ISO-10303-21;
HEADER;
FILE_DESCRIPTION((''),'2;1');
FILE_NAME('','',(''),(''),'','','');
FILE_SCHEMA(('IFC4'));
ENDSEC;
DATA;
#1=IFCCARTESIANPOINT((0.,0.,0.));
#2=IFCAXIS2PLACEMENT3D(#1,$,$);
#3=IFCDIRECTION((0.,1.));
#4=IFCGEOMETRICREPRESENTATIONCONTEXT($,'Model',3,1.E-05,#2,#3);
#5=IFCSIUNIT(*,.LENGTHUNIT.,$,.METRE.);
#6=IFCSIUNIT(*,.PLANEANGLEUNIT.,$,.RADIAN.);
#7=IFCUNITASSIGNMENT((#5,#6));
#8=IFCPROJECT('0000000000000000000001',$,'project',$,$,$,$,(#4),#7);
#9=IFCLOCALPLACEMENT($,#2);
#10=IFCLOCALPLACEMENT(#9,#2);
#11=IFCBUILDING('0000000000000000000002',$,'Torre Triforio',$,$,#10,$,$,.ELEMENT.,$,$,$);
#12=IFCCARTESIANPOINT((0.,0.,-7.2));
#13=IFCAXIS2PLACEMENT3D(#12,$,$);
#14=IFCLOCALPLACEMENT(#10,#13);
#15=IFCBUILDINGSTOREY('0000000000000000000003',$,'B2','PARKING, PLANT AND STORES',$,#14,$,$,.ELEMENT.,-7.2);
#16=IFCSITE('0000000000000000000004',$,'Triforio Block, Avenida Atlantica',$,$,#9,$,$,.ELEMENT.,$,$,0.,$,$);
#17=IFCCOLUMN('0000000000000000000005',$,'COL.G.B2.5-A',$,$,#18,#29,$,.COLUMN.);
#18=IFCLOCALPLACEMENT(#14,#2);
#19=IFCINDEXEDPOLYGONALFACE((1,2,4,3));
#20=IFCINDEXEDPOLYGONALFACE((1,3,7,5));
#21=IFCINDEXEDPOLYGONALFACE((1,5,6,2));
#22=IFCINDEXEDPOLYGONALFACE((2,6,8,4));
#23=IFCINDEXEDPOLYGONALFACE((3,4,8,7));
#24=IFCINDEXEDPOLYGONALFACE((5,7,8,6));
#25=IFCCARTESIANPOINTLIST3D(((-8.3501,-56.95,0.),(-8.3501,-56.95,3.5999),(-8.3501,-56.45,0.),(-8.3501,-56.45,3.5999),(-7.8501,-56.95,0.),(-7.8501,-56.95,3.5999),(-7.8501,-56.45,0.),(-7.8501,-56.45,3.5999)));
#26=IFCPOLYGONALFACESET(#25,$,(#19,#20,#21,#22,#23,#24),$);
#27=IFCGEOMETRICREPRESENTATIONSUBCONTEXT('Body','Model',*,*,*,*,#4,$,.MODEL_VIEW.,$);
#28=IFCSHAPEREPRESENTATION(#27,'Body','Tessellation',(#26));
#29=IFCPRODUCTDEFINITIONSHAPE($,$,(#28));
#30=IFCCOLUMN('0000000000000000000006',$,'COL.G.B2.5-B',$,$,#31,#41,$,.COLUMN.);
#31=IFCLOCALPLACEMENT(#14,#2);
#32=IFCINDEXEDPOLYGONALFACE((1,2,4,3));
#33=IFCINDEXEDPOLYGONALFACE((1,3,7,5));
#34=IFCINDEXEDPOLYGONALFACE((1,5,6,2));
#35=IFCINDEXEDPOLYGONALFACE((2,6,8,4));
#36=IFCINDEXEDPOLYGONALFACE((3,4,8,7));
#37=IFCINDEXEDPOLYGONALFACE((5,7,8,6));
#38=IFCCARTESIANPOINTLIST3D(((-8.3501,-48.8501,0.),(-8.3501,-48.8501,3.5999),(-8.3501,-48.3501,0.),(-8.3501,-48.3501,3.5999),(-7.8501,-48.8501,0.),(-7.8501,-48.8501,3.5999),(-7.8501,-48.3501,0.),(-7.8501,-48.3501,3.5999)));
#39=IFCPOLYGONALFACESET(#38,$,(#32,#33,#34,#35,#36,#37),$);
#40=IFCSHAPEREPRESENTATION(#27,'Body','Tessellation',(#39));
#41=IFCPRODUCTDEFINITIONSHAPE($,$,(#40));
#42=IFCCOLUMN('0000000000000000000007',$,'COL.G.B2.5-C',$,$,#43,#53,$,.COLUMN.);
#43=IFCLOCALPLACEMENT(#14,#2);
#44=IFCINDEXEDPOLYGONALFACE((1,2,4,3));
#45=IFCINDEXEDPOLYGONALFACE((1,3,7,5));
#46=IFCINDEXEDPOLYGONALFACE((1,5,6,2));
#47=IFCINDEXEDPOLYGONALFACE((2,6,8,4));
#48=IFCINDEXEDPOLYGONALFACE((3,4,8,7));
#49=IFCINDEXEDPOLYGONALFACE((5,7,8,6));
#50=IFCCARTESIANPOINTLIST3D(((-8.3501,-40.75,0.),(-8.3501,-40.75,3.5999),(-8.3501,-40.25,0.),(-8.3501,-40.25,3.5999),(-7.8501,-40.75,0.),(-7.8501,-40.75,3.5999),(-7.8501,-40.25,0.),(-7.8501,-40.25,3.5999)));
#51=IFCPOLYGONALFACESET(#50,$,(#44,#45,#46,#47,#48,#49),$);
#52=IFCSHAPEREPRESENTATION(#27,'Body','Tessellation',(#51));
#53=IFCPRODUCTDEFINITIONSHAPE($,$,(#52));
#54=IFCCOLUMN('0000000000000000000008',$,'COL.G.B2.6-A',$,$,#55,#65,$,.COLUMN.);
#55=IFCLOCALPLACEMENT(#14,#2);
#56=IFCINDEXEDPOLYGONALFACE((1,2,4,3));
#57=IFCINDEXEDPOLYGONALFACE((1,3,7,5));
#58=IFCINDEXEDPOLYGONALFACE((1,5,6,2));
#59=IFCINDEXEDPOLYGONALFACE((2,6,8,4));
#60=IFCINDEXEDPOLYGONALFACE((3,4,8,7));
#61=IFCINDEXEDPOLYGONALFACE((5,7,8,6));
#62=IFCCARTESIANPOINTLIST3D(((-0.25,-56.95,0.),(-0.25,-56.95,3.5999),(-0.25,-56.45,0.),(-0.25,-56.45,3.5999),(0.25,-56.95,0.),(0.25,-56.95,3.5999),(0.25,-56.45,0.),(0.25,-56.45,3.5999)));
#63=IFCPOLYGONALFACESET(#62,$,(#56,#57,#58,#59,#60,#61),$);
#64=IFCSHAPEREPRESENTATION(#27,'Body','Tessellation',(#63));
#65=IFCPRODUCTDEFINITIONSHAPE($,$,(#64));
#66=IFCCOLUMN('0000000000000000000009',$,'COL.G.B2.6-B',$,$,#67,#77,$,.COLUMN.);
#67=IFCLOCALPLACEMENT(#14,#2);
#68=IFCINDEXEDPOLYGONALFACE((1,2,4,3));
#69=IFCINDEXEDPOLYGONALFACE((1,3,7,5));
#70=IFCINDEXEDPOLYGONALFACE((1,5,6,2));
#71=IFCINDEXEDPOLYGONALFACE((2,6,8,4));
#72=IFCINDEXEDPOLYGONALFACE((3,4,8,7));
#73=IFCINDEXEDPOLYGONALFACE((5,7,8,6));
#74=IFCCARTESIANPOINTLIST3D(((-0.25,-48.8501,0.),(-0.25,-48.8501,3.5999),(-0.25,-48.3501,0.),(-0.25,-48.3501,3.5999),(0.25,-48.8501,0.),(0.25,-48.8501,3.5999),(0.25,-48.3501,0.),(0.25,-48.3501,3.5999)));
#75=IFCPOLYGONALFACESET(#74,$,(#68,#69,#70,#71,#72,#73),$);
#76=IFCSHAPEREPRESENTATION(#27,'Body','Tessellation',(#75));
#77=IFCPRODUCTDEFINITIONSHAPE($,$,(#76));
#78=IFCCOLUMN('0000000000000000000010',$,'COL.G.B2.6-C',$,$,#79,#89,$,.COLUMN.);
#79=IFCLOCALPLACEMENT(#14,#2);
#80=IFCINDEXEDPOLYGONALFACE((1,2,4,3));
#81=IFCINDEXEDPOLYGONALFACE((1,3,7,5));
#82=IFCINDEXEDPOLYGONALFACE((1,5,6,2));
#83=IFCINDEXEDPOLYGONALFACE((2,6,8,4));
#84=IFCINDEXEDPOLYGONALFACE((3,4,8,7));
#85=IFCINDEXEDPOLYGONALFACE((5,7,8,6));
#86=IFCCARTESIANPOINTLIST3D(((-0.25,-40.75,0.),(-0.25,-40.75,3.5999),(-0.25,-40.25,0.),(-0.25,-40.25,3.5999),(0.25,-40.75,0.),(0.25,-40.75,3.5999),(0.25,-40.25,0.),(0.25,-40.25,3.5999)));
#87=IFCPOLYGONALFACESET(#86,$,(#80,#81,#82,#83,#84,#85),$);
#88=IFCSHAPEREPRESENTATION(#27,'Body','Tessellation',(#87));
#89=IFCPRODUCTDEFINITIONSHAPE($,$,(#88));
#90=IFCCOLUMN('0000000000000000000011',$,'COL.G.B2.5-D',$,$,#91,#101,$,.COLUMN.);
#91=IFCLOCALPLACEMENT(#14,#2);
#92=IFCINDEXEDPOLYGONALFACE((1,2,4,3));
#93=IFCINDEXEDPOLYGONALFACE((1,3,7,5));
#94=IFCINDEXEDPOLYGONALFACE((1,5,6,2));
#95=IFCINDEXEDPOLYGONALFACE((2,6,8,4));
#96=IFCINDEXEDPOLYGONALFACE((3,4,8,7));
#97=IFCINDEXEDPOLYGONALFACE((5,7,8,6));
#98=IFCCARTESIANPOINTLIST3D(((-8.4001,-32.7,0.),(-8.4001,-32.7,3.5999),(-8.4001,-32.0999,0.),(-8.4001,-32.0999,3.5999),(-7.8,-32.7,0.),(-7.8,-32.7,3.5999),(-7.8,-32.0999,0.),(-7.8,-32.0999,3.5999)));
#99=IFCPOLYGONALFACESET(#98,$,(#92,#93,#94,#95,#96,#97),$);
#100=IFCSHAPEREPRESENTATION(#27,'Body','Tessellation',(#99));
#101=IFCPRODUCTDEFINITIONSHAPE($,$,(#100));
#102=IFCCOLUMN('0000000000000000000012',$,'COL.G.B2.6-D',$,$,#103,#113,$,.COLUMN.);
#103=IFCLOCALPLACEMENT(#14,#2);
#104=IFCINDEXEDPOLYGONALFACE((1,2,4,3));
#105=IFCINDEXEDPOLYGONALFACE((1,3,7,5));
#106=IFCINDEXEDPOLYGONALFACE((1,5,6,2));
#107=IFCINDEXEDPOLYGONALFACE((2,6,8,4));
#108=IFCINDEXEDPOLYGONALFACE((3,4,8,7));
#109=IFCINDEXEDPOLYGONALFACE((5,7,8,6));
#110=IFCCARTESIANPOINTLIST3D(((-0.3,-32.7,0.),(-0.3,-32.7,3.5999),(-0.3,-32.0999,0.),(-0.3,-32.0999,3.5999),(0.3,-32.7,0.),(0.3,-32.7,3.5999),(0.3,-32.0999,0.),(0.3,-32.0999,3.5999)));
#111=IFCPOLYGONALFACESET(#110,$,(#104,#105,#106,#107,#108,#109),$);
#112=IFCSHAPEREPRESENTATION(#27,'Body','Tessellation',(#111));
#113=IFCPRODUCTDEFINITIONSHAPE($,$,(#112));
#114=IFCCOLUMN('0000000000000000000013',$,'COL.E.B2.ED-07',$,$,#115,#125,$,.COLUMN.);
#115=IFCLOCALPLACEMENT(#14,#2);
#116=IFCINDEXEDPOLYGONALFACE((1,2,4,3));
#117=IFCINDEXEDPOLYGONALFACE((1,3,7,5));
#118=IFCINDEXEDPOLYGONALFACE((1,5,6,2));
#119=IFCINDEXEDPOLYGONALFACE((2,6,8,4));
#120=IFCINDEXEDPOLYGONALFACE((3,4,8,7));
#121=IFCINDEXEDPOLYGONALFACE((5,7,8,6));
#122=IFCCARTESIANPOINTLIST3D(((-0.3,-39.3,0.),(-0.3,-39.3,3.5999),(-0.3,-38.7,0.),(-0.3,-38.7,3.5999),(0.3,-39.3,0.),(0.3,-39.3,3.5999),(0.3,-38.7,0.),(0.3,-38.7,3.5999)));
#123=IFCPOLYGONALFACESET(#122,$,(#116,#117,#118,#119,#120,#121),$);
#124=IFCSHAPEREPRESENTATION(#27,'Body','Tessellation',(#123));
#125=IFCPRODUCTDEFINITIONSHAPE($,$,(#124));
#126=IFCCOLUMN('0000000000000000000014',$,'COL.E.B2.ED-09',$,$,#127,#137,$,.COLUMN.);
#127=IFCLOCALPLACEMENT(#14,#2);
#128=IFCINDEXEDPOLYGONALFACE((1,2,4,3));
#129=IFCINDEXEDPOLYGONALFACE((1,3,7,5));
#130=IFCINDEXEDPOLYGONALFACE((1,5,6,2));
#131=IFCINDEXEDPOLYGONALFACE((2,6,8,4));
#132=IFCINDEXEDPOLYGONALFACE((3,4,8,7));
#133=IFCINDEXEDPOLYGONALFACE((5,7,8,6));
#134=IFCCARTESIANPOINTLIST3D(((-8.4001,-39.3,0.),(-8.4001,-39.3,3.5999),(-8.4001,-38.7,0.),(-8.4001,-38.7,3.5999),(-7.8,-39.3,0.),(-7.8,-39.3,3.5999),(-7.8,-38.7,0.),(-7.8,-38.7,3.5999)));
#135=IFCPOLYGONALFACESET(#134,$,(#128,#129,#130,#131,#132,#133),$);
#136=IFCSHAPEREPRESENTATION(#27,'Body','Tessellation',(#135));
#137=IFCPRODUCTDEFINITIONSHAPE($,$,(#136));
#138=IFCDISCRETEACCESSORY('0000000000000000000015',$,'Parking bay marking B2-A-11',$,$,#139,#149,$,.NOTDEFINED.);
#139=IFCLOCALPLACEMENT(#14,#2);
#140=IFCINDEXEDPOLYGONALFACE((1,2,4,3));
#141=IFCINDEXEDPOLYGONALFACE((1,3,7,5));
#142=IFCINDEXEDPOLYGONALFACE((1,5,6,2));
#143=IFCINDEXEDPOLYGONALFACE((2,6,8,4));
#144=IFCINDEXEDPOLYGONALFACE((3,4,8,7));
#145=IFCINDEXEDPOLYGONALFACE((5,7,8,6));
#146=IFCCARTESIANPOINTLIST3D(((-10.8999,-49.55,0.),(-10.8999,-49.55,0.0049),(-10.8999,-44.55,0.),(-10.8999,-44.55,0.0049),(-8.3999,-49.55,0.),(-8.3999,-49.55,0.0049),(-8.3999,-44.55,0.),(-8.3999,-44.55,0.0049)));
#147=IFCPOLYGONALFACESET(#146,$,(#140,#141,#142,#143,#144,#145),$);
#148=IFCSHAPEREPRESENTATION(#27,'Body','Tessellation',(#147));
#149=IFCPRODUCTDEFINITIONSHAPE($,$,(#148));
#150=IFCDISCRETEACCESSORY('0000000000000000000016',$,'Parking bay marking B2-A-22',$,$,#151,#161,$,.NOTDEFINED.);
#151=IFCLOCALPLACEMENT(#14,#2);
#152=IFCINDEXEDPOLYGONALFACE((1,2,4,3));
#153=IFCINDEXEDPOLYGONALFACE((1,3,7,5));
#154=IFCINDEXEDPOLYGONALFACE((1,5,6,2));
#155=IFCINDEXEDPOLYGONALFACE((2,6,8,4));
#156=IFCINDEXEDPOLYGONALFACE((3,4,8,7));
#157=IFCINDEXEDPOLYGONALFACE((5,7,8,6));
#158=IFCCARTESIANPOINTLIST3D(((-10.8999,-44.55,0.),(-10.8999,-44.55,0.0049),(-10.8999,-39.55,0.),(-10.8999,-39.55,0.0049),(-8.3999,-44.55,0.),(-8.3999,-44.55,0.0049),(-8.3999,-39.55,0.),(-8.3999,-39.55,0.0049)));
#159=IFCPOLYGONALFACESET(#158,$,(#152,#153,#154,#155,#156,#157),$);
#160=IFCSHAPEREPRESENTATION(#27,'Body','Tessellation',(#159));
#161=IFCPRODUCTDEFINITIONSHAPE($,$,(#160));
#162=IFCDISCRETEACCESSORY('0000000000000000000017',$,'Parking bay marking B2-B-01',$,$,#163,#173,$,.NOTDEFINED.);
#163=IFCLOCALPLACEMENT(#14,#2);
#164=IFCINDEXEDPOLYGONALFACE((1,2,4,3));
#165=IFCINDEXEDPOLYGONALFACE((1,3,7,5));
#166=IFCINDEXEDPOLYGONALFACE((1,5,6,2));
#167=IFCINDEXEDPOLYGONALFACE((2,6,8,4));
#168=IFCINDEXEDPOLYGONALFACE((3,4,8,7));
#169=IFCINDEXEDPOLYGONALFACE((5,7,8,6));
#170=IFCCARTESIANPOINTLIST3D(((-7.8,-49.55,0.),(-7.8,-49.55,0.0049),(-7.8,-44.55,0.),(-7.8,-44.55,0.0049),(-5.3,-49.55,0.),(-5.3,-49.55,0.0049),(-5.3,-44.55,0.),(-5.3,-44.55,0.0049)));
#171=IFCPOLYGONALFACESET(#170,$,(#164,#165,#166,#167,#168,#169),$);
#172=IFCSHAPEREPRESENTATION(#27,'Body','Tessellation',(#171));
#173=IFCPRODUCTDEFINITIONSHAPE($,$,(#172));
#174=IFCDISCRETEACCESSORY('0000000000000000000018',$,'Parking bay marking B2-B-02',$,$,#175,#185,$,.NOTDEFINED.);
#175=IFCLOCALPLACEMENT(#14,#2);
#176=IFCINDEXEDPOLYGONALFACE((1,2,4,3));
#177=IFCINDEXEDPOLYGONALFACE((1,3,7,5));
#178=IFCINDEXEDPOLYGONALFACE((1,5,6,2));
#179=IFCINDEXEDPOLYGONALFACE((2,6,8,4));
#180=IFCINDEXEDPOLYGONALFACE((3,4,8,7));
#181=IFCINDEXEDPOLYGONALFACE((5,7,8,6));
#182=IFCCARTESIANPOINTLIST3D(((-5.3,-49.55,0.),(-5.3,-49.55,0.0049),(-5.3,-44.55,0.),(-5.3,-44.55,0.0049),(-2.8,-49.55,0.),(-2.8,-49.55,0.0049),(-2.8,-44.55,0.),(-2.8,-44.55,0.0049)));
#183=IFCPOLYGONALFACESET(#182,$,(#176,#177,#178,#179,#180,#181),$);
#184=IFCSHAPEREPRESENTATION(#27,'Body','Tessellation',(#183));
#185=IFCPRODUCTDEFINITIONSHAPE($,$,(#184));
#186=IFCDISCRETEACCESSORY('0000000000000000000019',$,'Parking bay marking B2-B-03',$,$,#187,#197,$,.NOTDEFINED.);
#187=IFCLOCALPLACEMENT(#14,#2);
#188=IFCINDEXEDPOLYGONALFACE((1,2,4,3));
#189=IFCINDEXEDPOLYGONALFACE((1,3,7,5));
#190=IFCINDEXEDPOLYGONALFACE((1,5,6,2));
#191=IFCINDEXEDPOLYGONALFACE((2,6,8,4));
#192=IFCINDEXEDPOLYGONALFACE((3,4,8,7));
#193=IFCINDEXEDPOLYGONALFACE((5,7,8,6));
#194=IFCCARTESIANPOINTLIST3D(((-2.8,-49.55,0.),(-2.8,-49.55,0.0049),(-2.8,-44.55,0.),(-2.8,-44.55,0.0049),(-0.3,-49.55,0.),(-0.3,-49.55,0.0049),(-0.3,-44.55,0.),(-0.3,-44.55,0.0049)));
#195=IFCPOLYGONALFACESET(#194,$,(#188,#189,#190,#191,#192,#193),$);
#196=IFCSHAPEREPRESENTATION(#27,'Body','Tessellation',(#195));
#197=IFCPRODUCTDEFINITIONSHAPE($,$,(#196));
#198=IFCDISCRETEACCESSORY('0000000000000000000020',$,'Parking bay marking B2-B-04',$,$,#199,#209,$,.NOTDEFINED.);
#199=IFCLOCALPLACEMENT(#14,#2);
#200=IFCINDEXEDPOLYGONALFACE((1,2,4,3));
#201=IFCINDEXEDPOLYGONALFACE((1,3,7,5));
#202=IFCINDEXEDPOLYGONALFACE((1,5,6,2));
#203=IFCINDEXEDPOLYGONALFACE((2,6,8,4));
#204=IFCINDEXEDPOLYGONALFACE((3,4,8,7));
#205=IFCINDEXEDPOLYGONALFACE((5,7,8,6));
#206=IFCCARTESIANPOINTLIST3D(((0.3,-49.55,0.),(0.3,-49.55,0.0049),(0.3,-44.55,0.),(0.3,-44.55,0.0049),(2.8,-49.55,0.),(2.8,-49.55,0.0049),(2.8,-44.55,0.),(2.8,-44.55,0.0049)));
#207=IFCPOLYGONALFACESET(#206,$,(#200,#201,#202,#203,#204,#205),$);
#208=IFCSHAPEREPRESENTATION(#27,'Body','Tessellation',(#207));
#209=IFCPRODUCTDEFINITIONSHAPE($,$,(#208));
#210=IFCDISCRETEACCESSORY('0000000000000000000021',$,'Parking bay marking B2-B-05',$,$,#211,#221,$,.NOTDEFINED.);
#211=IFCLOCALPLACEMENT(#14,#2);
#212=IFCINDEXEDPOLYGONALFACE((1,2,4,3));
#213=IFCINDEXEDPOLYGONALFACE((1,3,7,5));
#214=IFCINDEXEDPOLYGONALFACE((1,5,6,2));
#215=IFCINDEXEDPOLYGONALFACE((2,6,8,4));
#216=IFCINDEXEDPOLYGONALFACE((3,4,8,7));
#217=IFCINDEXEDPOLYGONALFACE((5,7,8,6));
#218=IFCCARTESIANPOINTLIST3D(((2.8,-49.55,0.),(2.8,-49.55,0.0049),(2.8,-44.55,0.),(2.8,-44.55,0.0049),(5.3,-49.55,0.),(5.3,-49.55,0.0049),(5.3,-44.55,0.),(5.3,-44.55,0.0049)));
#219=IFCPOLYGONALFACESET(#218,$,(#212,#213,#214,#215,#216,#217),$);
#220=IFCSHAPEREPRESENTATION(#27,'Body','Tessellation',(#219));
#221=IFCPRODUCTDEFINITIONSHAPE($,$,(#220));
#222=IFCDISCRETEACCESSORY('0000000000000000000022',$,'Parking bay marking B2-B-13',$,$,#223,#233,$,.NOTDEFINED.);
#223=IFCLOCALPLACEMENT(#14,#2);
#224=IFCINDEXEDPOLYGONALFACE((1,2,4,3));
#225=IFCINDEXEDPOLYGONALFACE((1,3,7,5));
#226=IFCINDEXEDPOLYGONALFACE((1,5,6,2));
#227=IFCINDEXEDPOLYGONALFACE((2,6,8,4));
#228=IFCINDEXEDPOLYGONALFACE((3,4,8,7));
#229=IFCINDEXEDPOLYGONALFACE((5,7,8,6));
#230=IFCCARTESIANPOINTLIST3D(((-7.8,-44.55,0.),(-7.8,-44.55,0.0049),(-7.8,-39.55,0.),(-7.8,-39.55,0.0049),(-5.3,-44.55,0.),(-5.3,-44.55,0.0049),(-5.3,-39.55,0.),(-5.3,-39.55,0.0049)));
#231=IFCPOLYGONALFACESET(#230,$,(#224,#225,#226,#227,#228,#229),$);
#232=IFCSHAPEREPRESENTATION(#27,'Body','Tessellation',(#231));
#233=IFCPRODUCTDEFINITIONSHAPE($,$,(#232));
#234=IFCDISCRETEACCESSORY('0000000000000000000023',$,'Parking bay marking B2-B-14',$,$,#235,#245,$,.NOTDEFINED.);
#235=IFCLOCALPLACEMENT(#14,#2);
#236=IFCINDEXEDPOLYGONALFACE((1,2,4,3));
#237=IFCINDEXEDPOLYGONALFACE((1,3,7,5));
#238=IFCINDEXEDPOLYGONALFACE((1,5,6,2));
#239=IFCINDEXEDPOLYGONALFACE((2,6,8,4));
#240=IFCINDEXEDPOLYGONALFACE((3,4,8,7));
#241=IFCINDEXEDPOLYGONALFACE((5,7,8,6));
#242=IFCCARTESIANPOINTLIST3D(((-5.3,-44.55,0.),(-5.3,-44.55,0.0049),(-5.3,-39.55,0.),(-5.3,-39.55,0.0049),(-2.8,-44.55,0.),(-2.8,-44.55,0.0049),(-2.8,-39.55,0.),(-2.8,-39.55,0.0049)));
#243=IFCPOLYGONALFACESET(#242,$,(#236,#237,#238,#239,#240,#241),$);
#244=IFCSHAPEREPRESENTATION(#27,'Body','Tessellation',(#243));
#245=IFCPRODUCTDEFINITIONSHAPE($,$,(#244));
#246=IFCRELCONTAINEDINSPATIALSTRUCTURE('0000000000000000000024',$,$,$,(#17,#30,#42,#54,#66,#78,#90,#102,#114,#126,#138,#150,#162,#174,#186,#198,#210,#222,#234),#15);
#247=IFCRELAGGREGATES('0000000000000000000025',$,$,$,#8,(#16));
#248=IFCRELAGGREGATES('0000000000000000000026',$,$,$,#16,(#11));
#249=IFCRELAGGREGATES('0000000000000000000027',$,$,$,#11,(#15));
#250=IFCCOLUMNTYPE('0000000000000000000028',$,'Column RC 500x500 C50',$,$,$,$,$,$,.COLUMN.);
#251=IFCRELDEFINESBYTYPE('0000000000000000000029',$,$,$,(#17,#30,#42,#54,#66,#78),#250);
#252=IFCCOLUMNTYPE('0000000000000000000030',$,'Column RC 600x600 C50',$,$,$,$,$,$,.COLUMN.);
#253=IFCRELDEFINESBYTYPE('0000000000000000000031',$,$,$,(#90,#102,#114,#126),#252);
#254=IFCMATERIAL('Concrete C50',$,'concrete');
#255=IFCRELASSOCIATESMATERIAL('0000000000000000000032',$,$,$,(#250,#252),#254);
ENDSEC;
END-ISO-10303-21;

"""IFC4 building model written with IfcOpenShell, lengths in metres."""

from ifc_helpers import new_model, si_unit, direction, frame, origin, origin_2d, place, context, subcontext, project, spatial, rectangle, extrude, material, material_profile, profile_set, type_object, element, save


model = new_model("IFC4")

# Units and contexts
model_context = context("Model", 3, precision=1e-05, world=origin(), true_north=direction((0.0, 1.0)))
body_context = subcontext(model_context, "Body", "Model", "MODEL_VIEW")
ifc_project = project(units=[si_unit("LENGTHUNIT", "METRE"), si_unit("PLANEANGLEUNIT", "RADIAN")], contexts=[model_context])

# Site, building, storey
site_placement = place(None, origin())
site = spatial("IfcSite", under=ifc_project, at=site_placement, Name="Triforio Block, Avenida Atlantica", CompositionType="ELEMENT", RefElevation=0.0)
building_placement = place(site_placement, origin())
building = spatial("IfcBuilding", under=site, at=building_placement, Name="Torre Triforio", CompositionType="ELEMENT")
storey_placement = place(building_placement, frame((0.0, 0.0, -7.2)))
storey = spatial("IfcBuildingStorey", under=building, at=storey_placement, Name="B2", Description="PARKING, PLANT AND STORES", CompositionType="ELEMENT", Elevation=-7.2)

# Columns
ifc_material = material(Name="Concrete C50", Category="concrete")
ifc_material_profile_1 = material_profile(ifc_material, rectangle(XDim=0.5, YDim=0.5, at=origin_2d()), Name="RC 500x500")
ifc_profile_set_1 = profile_set([ifc_material_profile_1], Name="Concrete C50")
column_type_1 = type_object("IfcColumnType", Name="Column RC 500x500 C50", PredefinedType="COLUMN", material=ifc_profile_set_1)
for number, where, z_axis, x_axis, name in (
    (1, (-8.1001, -56.7, 0.0), (0.0, 0.0, 1.0), (1.0, 0.0, 0.0), "COL.G.B2.5-A"),
    (2, (-8.1001, -48.6001, 0.0), (0.0, 0.0, 1.0), (1.0, 0.0, 0.0), "COL.G.B2.5-B"),
    (3, (-8.1001, -40.5, 0.0), (0.0, 0.0, 1.0), (1.0, 0.0, 0.0), "COL.G.B2.5-C"),
    (4, (0.0, -56.7, 0.0), (0.0, 0.0, 1.0), (1.0, 0.0, 0.0), "COL.G.B2.6-A"),
    (5, (0.0, -48.6001, 0.0), (0.0, 0.0, 1.0), (1.0, 0.0, 0.0), "COL.G.B2.6-B"),
    (6, (0.0, -40.5, 0.0), (0.0, 0.0, 1.0), (1.0, 0.0, 0.0), "COL.G.B2.6-C"),
):
    element("IfcColumn", number, at=place(storey_placement, frame(where, z_axis=z_axis, x_axis=x_axis)), inside=storey, type_object=column_type_1, Name=name, PredefinedType="COLUMN", context=body_context, shape_type="SweptSolid", body=[
        extrude(rectangle(XDim=0.5, YDim=0.5, at=origin_2d()), origin(), (0.0, 0.0, 1.0), 3.5999),
    ])
ifc_material_profile_2 = material_profile(ifc_material, rectangle(XDim=0.6001, YDim=0.6001, at=origin_2d()), Name="RC 600x600")
ifc_profile_set_2 = profile_set([ifc_material_profile_2], Name="Concrete C50")
column_type_2 = type_object("IfcColumnType", Name="Column RC 600x600 C50", PredefinedType="COLUMN", material=ifc_profile_set_2)
for number, where, z_axis, x_axis, name in (
    (7, (-8.1001, -32.3999, 0.0), (0.0, 0.0, 1.0), (1.0, 0.0, 0.0), "COL.G.B2.5-D"),
    (8, (0.0, -32.3999, 0.0), (0.0, 0.0, 1.0), (1.0, 0.0, 0.0), "COL.G.B2.6-D"),
    (9, (0.0, -39.0, 0.0), (0.0, 0.0, 1.0), (1.0, 0.0, 0.0), "COL.E.B2.ED-07"),
    (10, (-8.1001, -39.0, 0.0), (0.0, 0.0, 1.0), (1.0, 0.0, 0.0), "COL.E.B2.ED-09"),
):
    element("IfcColumn", number, at=place(storey_placement, frame(where, z_axis=z_axis, x_axis=x_axis)), inside=storey, type_object=column_type_2, Name=name, PredefinedType="COLUMN", context=body_context, shape_type="SweptSolid", body=[
        extrude(rectangle(XDim=0.6001, YDim=0.6001, at=origin_2d()), origin(), (0.0, 0.0, 1.0), 3.5999),
    ])

# Discrete accessories
for number, where, z_axis, x_axis, name in (
    (11, (-9.6499, -47.05, 0.0), (0.0, 0.0, 1.0), (1.0, 0.0, 0.0), "Parking bay marking B2-A-11"),
    (12, (-9.6499, -42.05, 0.0), (0.0, 0.0, 1.0), (1.0, 0.0, 0.0), "Parking bay marking B2-A-22"),
    (13, (-6.55, -47.05, 0.0), (0.0, 0.0, 1.0), (1.0, 0.0, 0.0), "Parking bay marking B2-B-01"),
    (14, (-4.05, -47.05, 0.0), (0.0, 0.0, 1.0), (1.0, 0.0, 0.0), "Parking bay marking B2-B-02"),
    (15, (-1.55, -47.05, 0.0), (0.0, 0.0, 1.0), (1.0, 0.0, 0.0), "Parking bay marking B2-B-03"),
    (16, (1.55, -47.05, 0.0), (0.0, 0.0, 1.0), (1.0, 0.0, 0.0), "Parking bay marking B2-B-04"),
    (17, (4.05, -47.05, 0.0), (0.0, 0.0, 1.0), (1.0, 0.0, 0.0), "Parking bay marking B2-B-05"),
    (18, (-6.55, -42.05, 0.0), (0.0, 0.0, 1.0), (1.0, 0.0, 0.0), "Parking bay marking B2-B-13"),
    (19, (-4.05, -42.05, 0.0), (0.0, 0.0, 1.0), (1.0, 0.0, 0.0), "Parking bay marking B2-B-14"),
):
    element("IfcDiscreteAccessory", number, at=place(storey_placement, frame(where, z_axis=z_axis, x_axis=x_axis)), inside=storey, Name=name, PredefinedType="NOTDEFINED", context=body_context, shape_type="SweptSolid", body=[
        extrude(rectangle(XDim=2.5, YDim=5.0, at=origin_2d()), origin(), (0.0, 0.0, 1.0), 0.0049),
    ])

save(model, "model.ifc")
